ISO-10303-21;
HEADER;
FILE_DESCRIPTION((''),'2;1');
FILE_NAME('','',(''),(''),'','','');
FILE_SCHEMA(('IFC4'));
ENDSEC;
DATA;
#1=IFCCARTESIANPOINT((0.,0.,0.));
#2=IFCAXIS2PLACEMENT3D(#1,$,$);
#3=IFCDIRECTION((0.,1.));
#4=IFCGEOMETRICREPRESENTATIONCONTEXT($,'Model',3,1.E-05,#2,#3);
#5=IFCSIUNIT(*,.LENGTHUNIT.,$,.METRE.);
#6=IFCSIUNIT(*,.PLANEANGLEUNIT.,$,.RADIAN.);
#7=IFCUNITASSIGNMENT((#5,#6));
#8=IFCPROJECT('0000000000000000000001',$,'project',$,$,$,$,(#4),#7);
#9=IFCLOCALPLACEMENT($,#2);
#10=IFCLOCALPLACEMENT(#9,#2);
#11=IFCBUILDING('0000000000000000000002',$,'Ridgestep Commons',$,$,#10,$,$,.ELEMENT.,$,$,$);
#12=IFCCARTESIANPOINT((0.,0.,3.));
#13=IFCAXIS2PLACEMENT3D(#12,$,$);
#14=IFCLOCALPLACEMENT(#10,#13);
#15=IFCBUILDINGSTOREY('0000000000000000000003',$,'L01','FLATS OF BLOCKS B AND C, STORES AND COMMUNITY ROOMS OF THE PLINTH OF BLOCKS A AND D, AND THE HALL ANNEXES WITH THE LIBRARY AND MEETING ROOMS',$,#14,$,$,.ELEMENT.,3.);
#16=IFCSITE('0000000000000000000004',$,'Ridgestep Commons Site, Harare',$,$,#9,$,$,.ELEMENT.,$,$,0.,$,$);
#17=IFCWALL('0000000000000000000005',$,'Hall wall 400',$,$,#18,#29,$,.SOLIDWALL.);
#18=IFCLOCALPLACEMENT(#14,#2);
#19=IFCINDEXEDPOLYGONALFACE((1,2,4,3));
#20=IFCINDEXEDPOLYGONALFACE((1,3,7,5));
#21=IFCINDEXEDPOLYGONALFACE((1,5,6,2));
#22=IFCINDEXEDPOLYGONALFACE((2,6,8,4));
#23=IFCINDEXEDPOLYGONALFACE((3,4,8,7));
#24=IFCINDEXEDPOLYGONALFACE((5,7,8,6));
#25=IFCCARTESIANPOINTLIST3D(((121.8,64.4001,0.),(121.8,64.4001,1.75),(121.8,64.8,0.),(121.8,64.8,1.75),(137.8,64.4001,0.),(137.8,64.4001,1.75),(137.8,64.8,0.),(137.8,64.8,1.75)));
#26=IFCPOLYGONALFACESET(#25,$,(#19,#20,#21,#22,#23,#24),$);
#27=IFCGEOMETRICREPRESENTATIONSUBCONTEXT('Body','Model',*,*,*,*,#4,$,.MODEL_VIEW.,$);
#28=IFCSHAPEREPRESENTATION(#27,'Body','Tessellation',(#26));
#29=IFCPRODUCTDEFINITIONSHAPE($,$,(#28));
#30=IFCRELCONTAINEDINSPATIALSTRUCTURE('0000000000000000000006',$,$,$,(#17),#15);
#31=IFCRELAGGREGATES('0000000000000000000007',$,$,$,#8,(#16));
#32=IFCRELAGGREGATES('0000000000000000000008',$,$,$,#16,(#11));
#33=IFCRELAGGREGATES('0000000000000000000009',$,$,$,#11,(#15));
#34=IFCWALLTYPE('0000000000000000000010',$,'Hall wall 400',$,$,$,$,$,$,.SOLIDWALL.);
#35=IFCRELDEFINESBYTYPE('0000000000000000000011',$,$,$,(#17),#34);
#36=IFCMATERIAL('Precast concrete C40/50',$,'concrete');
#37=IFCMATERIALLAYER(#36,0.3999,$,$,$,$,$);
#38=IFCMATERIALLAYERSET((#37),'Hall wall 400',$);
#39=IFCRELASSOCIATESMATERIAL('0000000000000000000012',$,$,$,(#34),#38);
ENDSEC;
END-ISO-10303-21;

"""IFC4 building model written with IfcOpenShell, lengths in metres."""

from ifc_helpers import new_model, si_unit, direction, frame, frame_2d, origin, place, context, subcontext, project, spatial, rectangle, extrude, material, layer, layer_set, type_object, element, save


model = new_model("IFC4")

# Units and contexts
model_context = context("Model", 3, precision=1e-05, world=origin(), true_north=direction((0.0, 1.0)))
body_context = subcontext(model_context, "Body", "Model", "MODEL_VIEW")
ifc_project = project(units=[si_unit("LENGTHUNIT", "METRE"), si_unit("PLANEANGLEUNIT", "RADIAN")], contexts=[model_context])

# Site, building, storey
site_placement = place(None, origin())
site = spatial("IfcSite", under=ifc_project, at=site_placement, Name="Ridgestep Commons Site, Harare", CompositionType="ELEMENT", RefElevation=0.0)
building_placement = place(site_placement, origin())
building = spatial("IfcBuilding", under=site, at=building_placement, Name="Ridgestep Commons", CompositionType="ELEMENT")
storey_placement = place(building_placement, frame((0.0, 0.0, 3.0)))
storey = spatial("IfcBuildingStorey", under=building, at=storey_placement, Name="L01", Description="FLATS OF BLOCKS B AND C, STORES AND COMMUNITY ROOMS OF THE PLINTH OF BLOCKS A AND D, AND THE HALL ANNEXES WITH THE LIBRARY AND MEETING ROOMS", CompositionType="ELEMENT", Elevation=3.0)

# Wall
ifc_material_1 = material(Name="Precast concrete C40/50", Category="concrete")
ifc_layer_1 = layer(ifc_material_1, 0.3999)
ifc_layer_set_1 = layer_set([ifc_layer_1], Name="Hall wall 400")
wall_type_1 = type_object("IfcWallType", Name="Hall wall 400", PredefinedType="SOLIDWALL", material=ifc_layer_set_1)
wall_1_placement = place(storey_placement, frame((121.8, 64.6001, 0.0), z_axis=(0.0, 0.0, 1.0), x_axis=(1.0, 0.0, 0.0)))
element("IfcWall", 1, at=wall_1_placement, inside=storey, type_object=wall_type_1, Name="Hall wall 400", PredefinedType="SOLIDWALL", context=body_context, shape_type="SweptSolid", body=[
    extrude(rectangle(XDim=16.0, YDim=0.3999, at=frame_2d((8.0, 0.0))), origin(), (0.0, 0.0, 1.0), 1.75),
])

save(model, "model.ifc")
